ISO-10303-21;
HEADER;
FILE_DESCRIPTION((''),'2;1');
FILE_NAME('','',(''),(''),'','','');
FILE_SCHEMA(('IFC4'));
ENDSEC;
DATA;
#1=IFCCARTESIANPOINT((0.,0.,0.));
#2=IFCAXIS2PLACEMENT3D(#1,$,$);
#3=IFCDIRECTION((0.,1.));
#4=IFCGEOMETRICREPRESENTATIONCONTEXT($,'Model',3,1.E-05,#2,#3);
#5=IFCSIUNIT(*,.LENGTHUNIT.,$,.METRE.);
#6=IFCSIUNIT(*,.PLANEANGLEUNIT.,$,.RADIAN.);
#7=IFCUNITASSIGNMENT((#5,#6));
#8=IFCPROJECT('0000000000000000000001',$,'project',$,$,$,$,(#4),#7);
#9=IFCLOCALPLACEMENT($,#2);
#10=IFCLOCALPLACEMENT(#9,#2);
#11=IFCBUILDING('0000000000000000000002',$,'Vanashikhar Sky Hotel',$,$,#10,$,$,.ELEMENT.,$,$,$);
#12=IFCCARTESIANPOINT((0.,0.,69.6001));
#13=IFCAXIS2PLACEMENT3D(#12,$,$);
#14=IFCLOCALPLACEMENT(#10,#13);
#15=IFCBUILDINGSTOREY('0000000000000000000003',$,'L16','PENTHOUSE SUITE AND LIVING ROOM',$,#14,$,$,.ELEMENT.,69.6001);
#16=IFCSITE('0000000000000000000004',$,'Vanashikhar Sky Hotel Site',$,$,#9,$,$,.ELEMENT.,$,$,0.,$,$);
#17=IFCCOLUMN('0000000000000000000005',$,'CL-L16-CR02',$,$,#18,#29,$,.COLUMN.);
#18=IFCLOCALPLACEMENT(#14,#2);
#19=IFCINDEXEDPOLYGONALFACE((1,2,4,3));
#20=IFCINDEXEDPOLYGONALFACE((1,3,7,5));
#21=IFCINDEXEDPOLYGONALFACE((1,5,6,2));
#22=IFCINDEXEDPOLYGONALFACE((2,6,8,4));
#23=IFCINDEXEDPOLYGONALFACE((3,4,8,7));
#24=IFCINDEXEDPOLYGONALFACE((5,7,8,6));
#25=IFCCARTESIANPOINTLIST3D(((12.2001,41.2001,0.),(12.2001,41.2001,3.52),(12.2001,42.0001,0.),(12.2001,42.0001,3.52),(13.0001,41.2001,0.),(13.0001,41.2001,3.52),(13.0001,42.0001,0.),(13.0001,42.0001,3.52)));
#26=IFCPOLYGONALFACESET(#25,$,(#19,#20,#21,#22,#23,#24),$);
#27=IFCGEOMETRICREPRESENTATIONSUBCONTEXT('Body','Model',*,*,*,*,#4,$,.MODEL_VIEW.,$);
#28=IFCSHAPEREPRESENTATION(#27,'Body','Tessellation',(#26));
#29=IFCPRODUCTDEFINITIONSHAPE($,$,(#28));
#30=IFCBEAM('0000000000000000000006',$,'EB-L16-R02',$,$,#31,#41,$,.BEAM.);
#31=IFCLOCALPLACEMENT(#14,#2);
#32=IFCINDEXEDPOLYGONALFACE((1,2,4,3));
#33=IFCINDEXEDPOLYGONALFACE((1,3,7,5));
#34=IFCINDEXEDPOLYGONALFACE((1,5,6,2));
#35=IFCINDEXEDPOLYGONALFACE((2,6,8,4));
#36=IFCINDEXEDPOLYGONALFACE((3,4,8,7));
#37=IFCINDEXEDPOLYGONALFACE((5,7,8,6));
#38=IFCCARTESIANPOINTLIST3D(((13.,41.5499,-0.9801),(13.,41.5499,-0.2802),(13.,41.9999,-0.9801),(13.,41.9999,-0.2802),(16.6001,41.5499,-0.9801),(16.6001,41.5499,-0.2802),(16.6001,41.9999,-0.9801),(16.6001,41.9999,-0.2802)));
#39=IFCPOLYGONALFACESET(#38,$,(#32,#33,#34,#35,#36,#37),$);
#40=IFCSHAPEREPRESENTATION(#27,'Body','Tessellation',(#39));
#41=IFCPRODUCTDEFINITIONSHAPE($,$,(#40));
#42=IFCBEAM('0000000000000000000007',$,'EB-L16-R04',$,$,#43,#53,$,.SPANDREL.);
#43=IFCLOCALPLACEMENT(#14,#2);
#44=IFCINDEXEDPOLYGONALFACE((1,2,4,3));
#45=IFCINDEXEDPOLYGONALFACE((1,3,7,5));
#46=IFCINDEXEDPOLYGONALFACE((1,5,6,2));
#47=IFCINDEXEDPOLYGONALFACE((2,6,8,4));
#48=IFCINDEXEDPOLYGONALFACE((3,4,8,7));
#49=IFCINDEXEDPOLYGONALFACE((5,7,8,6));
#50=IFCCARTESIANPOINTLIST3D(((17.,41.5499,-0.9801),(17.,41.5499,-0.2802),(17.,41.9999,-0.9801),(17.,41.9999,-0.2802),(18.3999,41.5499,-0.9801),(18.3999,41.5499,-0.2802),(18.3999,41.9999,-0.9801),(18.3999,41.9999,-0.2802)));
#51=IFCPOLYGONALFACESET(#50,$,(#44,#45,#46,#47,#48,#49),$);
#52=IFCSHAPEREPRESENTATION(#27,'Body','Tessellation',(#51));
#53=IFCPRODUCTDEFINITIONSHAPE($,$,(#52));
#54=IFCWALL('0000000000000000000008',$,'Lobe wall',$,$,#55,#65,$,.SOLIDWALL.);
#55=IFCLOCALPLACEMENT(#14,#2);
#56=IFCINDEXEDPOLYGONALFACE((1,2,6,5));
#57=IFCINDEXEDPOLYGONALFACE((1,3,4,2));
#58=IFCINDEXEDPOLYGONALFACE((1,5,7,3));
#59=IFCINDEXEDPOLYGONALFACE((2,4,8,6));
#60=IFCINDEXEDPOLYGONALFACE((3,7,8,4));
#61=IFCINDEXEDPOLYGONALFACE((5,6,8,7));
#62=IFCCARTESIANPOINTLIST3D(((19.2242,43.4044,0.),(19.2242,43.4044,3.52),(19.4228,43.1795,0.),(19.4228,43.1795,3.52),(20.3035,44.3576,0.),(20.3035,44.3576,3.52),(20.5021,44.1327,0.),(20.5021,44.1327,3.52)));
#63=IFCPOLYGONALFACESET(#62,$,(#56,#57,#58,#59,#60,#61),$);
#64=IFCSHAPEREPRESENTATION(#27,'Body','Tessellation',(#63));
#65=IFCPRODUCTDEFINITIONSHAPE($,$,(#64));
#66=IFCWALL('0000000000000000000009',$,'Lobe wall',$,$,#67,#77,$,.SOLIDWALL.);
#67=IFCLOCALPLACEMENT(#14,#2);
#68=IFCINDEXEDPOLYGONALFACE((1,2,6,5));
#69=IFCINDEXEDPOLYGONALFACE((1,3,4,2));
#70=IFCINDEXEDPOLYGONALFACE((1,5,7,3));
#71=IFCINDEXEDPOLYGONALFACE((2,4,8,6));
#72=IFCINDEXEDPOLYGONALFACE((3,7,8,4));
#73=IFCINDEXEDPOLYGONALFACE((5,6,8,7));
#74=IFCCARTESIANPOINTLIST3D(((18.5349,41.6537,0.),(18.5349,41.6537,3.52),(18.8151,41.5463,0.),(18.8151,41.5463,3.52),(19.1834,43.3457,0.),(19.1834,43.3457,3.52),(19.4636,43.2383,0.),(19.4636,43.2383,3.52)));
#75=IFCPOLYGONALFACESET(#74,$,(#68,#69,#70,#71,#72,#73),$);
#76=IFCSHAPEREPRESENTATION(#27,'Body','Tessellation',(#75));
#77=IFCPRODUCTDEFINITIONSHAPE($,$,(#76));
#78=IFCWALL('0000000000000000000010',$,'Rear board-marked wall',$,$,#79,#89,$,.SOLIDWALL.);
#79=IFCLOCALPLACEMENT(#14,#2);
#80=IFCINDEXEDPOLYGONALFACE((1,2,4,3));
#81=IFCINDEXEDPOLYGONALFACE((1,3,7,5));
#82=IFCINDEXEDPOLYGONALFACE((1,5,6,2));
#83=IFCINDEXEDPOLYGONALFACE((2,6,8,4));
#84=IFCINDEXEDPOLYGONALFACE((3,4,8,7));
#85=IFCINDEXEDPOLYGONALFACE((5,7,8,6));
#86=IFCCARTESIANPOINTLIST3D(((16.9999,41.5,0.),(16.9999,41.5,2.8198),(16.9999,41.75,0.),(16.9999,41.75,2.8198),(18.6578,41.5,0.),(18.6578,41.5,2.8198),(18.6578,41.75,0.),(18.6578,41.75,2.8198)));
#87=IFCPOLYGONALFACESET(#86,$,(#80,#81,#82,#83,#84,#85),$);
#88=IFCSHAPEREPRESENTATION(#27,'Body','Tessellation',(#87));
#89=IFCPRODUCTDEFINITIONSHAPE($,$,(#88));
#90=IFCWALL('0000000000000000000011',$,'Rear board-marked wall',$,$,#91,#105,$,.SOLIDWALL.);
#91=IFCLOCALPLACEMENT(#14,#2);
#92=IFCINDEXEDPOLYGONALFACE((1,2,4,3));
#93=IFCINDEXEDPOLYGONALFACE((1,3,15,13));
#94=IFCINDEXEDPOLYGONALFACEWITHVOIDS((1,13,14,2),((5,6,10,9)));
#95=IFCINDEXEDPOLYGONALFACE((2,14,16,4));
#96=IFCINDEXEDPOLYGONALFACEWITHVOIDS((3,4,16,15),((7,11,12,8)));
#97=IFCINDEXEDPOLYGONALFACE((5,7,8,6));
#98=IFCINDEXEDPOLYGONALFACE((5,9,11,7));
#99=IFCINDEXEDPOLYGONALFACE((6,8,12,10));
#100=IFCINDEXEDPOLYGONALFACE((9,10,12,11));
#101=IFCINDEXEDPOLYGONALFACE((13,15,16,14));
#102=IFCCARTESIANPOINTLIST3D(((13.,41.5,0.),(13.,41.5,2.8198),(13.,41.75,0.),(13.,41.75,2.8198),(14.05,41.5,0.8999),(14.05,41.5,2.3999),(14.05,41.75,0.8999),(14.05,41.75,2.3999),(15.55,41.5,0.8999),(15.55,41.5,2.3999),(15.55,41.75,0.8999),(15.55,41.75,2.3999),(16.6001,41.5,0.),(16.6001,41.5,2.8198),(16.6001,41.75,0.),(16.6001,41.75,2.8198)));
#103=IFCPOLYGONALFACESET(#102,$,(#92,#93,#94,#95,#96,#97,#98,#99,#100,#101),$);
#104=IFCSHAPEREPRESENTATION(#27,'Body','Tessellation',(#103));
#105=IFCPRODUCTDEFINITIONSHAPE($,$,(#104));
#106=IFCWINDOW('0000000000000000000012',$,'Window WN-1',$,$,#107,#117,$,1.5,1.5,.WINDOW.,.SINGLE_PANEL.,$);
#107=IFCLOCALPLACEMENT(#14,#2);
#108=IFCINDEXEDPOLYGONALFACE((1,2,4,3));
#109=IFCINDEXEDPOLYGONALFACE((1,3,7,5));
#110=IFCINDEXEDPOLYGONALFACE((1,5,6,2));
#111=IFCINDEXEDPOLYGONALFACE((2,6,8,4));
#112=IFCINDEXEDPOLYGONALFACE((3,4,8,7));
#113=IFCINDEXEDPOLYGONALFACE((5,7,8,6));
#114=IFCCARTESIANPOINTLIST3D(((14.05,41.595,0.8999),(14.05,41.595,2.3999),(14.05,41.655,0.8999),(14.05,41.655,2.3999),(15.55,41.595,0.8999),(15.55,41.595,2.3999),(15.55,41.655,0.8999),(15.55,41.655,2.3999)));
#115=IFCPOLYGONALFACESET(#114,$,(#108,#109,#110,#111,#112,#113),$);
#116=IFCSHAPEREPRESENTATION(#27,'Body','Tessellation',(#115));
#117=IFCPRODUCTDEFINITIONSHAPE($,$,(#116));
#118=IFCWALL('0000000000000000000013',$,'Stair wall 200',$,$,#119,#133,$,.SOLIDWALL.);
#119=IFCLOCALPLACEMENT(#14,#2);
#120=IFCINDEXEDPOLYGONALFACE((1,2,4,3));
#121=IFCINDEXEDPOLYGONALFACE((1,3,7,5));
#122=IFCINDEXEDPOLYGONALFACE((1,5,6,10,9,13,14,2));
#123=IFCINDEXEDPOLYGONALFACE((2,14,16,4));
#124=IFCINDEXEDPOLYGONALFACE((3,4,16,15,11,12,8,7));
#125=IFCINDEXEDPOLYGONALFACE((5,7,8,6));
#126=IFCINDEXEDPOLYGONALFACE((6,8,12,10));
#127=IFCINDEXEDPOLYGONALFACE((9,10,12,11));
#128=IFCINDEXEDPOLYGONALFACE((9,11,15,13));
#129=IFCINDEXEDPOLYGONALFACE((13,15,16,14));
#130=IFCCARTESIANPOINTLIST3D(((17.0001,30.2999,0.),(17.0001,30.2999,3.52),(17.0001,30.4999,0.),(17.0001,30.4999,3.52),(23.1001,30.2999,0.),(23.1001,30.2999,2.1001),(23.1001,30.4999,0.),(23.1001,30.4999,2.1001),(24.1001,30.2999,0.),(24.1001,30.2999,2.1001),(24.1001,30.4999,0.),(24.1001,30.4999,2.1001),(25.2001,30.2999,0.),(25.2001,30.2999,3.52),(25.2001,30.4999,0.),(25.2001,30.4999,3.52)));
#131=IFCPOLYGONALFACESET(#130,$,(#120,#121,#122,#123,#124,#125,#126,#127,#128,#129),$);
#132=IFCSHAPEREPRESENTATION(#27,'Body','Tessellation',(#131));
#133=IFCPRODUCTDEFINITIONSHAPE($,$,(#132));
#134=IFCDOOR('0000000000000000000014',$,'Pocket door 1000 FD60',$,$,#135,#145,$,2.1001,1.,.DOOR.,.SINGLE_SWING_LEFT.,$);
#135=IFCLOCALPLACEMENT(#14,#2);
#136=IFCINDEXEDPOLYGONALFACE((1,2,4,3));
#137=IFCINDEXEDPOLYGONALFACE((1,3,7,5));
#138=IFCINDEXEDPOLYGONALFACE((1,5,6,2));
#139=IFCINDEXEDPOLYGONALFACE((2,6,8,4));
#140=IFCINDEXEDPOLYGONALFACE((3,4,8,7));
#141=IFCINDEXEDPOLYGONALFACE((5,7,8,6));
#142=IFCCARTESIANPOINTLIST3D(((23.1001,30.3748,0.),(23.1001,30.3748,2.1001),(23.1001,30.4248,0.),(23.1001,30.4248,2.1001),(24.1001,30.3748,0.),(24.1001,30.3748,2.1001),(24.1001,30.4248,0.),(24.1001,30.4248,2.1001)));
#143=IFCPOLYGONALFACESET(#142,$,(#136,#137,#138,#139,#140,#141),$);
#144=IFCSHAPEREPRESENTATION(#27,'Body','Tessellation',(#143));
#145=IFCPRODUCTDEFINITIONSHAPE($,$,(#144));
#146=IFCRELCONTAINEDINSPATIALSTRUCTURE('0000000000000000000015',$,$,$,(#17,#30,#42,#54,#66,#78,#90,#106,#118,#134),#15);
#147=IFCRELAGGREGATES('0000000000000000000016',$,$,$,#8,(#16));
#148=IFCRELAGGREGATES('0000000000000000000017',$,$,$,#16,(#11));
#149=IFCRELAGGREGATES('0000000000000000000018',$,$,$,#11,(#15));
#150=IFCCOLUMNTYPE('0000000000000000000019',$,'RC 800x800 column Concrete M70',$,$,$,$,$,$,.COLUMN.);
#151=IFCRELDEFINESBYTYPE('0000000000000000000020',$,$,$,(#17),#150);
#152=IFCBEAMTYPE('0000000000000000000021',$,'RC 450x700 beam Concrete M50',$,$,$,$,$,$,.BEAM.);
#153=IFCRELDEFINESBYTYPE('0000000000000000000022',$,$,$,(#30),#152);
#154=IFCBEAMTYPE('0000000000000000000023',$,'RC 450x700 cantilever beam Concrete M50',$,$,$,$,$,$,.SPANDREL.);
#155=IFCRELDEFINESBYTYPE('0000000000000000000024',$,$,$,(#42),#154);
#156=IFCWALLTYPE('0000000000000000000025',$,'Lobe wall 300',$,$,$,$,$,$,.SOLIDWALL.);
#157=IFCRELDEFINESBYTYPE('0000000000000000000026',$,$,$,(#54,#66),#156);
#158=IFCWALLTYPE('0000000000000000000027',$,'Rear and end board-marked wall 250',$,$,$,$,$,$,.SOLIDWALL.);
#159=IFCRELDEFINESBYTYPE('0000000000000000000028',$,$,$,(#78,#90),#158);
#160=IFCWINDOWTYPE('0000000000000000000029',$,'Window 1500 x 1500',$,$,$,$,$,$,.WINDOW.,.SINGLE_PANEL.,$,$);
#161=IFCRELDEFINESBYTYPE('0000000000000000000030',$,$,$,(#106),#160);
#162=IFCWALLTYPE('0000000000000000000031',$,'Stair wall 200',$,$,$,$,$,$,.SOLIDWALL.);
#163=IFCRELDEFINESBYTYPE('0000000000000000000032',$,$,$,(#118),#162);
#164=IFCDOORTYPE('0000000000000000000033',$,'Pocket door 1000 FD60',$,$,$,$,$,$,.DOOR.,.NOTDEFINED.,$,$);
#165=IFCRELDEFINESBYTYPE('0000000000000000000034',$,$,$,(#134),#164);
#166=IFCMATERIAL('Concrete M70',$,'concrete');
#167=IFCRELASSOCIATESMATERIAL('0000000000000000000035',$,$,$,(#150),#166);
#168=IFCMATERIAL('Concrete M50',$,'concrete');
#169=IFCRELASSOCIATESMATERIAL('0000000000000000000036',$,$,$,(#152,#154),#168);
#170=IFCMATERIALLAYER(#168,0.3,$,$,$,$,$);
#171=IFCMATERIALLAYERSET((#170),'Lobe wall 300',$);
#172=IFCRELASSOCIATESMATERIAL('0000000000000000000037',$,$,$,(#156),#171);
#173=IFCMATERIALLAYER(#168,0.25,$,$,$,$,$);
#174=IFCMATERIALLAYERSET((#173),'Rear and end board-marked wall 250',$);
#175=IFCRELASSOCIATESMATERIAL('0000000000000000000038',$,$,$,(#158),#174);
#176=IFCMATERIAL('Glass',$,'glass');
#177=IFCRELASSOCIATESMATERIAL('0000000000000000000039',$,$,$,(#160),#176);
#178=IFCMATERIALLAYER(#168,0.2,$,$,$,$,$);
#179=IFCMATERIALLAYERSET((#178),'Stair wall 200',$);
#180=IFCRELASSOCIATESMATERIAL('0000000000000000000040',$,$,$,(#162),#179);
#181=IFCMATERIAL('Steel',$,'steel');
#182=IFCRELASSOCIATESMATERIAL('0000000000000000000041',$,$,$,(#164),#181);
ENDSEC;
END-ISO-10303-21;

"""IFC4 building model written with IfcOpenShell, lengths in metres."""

from ifc_helpers import new_model, si_unit, direction, frame, frame_2d, origin, origin_2d, place, context, subcontext, project, spatial, rectangle, extrude, source, transform, mapped, material, layer, layer_set, material_profile, profile_set, type_object, element, fill, save


model = new_model("IFC4")

# Units and contexts
model_context = context("Model", 3, precision=1e-05, world=origin(), true_north=direction((0.0, 1.0)))
body_context = subcontext(model_context, "Body", "Model", "MODEL_VIEW")
ifc_project = project(units=[si_unit("LENGTHUNIT", "METRE"), si_unit("PLANEANGLEUNIT", "RADIAN")], contexts=[model_context])

# Site, building, storey
site_placement = place(None, origin())
site = spatial("IfcSite", under=ifc_project, at=site_placement, Name="Vanashikhar Sky Hotel Site", CompositionType="ELEMENT", RefElevation=0.0)
building_placement = place(site_placement, origin())
building = spatial("IfcBuilding", under=site, at=building_placement, Name="Vanashikhar Sky Hotel", CompositionType="ELEMENT")
storey_placement = place(building_placement, frame((0.0, 0.0, 69.6001)))
storey = spatial("IfcBuildingStorey", under=building, at=storey_placement, Name="L16", Description="PENTHOUSE SUITE AND LIVING ROOM", CompositionType="ELEMENT", Elevation=69.6001)

# Column
ifc_material_1 = material(Name="Concrete M70", Category="concrete")
ifc_material_profile_1 = material_profile(ifc_material_1, rectangle(XDim=0.8, YDim=0.8, at=origin_2d()))
ifc_profile_set_1 = profile_set([ifc_material_profile_1], Name="RC 800x800 column Concrete M70")
column_type = type_object("IfcColumnType", Name="RC 800x800 column Concrete M70", PredefinedType="COLUMN", material=ifc_profile_set_1)
shared_shape_1 = source(origin(), body_context, "Body", "SweptSolid", [
    extrude(rectangle(XDim=0.8, YDim=0.8, at=origin_2d()), origin(), (0.0, 0.0, 1.0), 3.52),
])
column_placement = place(storey_placement, frame((12.6001, 41.6001, 0.0), z_axis=(0.0, 0.0, 1.0), x_axis=(1.0, 0.0, 0.0)))
element("IfcColumn", 1, at=column_placement, inside=storey, type_object=column_type, Name="CL-L16-CR02", PredefinedType="COLUMN", context=body_context, shape_type="MappedRepresentation", body=[
    mapped(shared_shape_1, transform((0.0, 0.0, 0.0), scale=1.0)),
])

# Beams
ifc_material_2 = material(Name="Concrete M50", Category="concrete")
ifc_material_profile_2 = material_profile(ifc_material_2, rectangle(XDim=0.45, YDim=0.7, at=origin_2d()))
ifc_profile_set_2 = profile_set([ifc_material_profile_2], Name="RC 450x700 beam Concrete M50")
beam_type_1 = type_object("IfcBeamType", Name="RC 450x700 beam Concrete M50", PredefinedType="BEAM", material=ifc_profile_set_2)
shared_shape_2 = source(origin(), body_context, "Body", "SweptSolid", [
    extrude(rectangle(XDim=0.45, YDim=0.7, at=origin_2d()), origin(), (0.0, 0.0, 1.0), 3.6001),
])
beam_1_placement = place(storey_placement, frame((13.0, 41.7749, -0.6301), z_axis=(1.0, 0.0, 0.0), x_axis=(0.0, 1.0, 0.0)))
element("IfcBeam", 2, at=beam_1_placement, inside=storey, type_object=beam_type_1, Name="EB-L16-R02", PredefinedType="BEAM", context=body_context, shape_type="MappedRepresentation", body=[
    mapped(shared_shape_2, transform((0.0, 0.0, 0.0), scale=1.0)),
])
ifc_material_profile_3 = material_profile(ifc_material_2, rectangle(XDim=0.45, YDim=0.7, at=origin_2d()))
ifc_profile_set_3 = profile_set([ifc_material_profile_3], Name="RC 450x700 cantilever beam Concrete M50")
beam_type_2 = type_object("IfcBeamType", Name="RC 450x700 cantilever beam Concrete M50", PredefinedType="SPANDREL", material=ifc_profile_set_3)
shared_shape_3 = source(origin(), body_context, "Body", "SweptSolid", [
    extrude(rectangle(XDim=0.45, YDim=0.7, at=origin_2d()), origin(), (0.0, 0.0, 1.0), 1.3999),
])
beam_2_placement = place(storey_placement, frame((17.0, 41.7749, -0.6301), z_axis=(1.0, 0.0, 0.0), x_axis=(0.0, 1.0, 0.0)))
element("IfcBeam", 3, at=beam_2_placement, inside=storey, type_object=beam_type_2, Name="EB-L16-R04", PredefinedType="SPANDREL", context=body_context, shape_type="MappedRepresentation", body=[
    mapped(shared_shape_3, transform((0.0, 0.0, 0.0), scale=1.0)),
])

# Walls
ifc_layer_1 = layer(ifc_material_2, 0.3)
ifc_layer_set_1 = layer_set([ifc_layer_1], Name="Lobe wall 300")
wall_type_1 = type_object("IfcWallType", Name="Lobe wall 300", PredefinedType="SOLIDWALL", material=ifc_layer_set_1)
shared_shape_4 = source(origin(), body_context, "Body", "SweptSolid", [
    extrude(rectangle(XDim=1.4399, YDim=0.3, at=frame_2d((0.72, 0.0))), origin(), (0.0, 0.0, 1.0), 3.52),
])
wall_1_placement = place(storey_placement, frame((20.4028, 44.2451, 0.0), z_axis=(0.0, 0.0, 1.0), x_axis=(-0.749576, -0.661919, 0.0)))
element("IfcWall", 4, at=wall_1_placement, inside=storey, type_object=wall_type_1, Name="Lobe wall", PredefinedType="SOLIDWALL", context=body_context, shape_type="MappedRepresentation", body=[
    mapped(shared_shape_4, transform((0.0, 0.0, 0.0), scale=1.0)),
])
shared_shape_5 = source(origin(), body_context, "Body", "SweptSolid", [
    extrude(rectangle(XDim=1.812, YDim=0.3, at=frame_2d((0.906, 0.0))), origin(), (0.0, 0.0, 1.0), 3.52),
])
wall_2_placement = place(storey_placement, frame((19.3235, 43.292, 0.0), z_axis=(0.0, 0.0, 1.0), x_axis=(-0.357877, -0.933769, 0.0)))
element("IfcWall", 5, at=wall_2_placement, inside=storey, type_object=wall_type_1, Name="Lobe wall", PredefinedType="SOLIDWALL", context=body_context, shape_type="MappedRepresentation", body=[
    mapped(shared_shape_5, transform((0.0, 0.0, 0.0), scale=1.0)),
])
ifc_layer_2 = layer(ifc_material_2, 0.25)
ifc_layer_set_2 = layer_set([ifc_layer_2], Name="Rear and end board-marked wall 250")
wall_type_2 = type_object("IfcWallType", Name="Rear and end board-marked wall 250", PredefinedType="SOLIDWALL", material=ifc_layer_set_2)
shared_shape_6 = source(origin(), body_context, "Body", "SweptSolid", [
    extrude(rectangle(XDim=1.658, YDim=0.25, at=frame_2d((0.8291, 0.0))), origin(), (0.0, 0.0, 1.0), 2.8198),
])
wall_3_placement = place(storey_placement, frame((18.658, 41.625, 0.0), z_axis=(0.0, 0.0, 1.0), x_axis=(-1.0, 0.0, 0.0)))
element("IfcWall", 6, at=wall_3_placement, inside=storey, type_object=wall_type_2, Name="Rear board-marked wall", PredefinedType="SOLIDWALL", context=body_context, shape_type="MappedRepresentation", body=[
    mapped(shared_shape_6, transform((0.0, 0.0, 0.0), scale=1.0)),
])

# Wall, opening, window
shared_shape_7 = source(origin(), body_context, "Body", "SweptSolid", [
    extrude(rectangle(XDim=3.6001, YDim=0.25, at=frame_2d((1.8, 0.0))), origin(), (0.0, 0.0, 1.0), 2.8198),
])
wall_4_placement = place(storey_placement, frame((16.6001, 41.625, 0.0), z_axis=(0.0, 0.0, 1.0), x_axis=(-1.0, 0.0, 0.0)))
wall_4 = element("IfcWall", 7, at=wall_4_placement, inside=storey, type_object=wall_type_2, Name="Rear board-marked wall", PredefinedType="SOLIDWALL", context=body_context, shape_type="MappedRepresentation", body=[
    mapped(shared_shape_7, transform((0.0, 0.0, 0.0), scale=1.0)),
])
shared_shape_8 = source(origin(), body_context, "Body", "SweptSolid", [
    extrude(rectangle(XDim=1.5, YDim=1.5, at=frame_2d((0.75, 0.75))), frame((0.0, 0.135, 0.0), z_axis=(0.0, -1.0, 0.0), x_axis=(1.0, 0.0, 0.0)), (0.0, 0.0, 1.0), 0.27),
])
opening_1_placement = place(wall_4_placement, frame((1.05, 0.0, 0.8999)))
opening_1 = element("IfcOpeningElement", 8, at=opening_1_placement, cuts=wall_4, PredefinedType="OPENING", context=body_context, shape_type="MappedRepresentation", body=[
    mapped(shared_shape_8, transform((0.0, 0.0, 0.0), scale=1.0)),
])
ifc_material_3 = material(Name="Glass", Category="glass")
window_type = type_object("IfcWindowType", Name="Window 1500 x 1500", PartitioningType="SINGLE_PANEL", PredefinedType="WINDOW", material=ifc_material_3)
shared_shape_9 = source(origin(), body_context, "Body", "SweptSolid", [
    extrude(rectangle(XDim=1.5, YDim=1.5, at=frame_2d((0.75, 0.75))), frame((0.0, 0.03, 0.0), z_axis=(0.0, -1.0, 0.0), x_axis=(1.0, 0.0, 0.0)), (0.0, 0.0, 1.0), 0.0601),
])
window_placement = place(opening_1_placement, origin())
window = element("IfcWindow", 9, at=window_placement, inside=storey, type_object=window_type, Name="Window WN-1", OverallHeight=1.5, OverallWidth=1.5, PartitioningType="SINGLE_PANEL", PredefinedType="WINDOW", context=body_context, shape_type="MappedRepresentation", body=[
    mapped(shared_shape_9, transform((0.0, 0.0, 0.0), scale=1.0)),
])
fill(opening_1, window)

# Wall, opening, door
ifc_layer_3 = layer(ifc_material_2, 0.2)
ifc_layer_set_3 = layer_set([ifc_layer_3], Name="Stair wall 200")
wall_type_3 = type_object("IfcWallType", Name="Stair wall 200", PredefinedType="SOLIDWALL", material=ifc_layer_set_3)
shared_shape_10 = source(origin(), body_context, "Body", "SweptSolid", [
    extrude(rectangle(XDim=8.2, YDim=0.2, at=frame_2d((4.1001, 0.0))), origin(), (0.0, 0.0, 1.0), 3.52),
])
wall_5_placement = place(storey_placement, frame((17.0, 30.3999, 0.0), z_axis=(0.0, 0.0, 1.0), x_axis=(1.0, 0.0, 0.0)))
wall_5 = element("IfcWall", 10, at=wall_5_placement, inside=storey, type_object=wall_type_3, Name="Stair wall 200", PredefinedType="SOLIDWALL", context=body_context, shape_type="MappedRepresentation", body=[
    mapped(shared_shape_10, transform((0.0, 0.0, 0.0), scale=1.0)),
])
shared_shape_11 = source(origin(), body_context, "Body", "SweptSolid", [
    extrude(rectangle(XDim=1.0, YDim=2.1001, at=frame_2d((0.5, 1.05))), frame((0.0, 0.1099, 0.0), z_axis=(0.0, -1.0, 0.0), x_axis=(1.0, 0.0, 0.0)), (0.0, 0.0, 1.0), 0.22),
])
opening_2_placement = place(wall_5_placement, frame((6.1001, 0.0, 0.0)))
opening_2 = element("IfcOpeningElement", 11, at=opening_2_placement, cuts=wall_5, PredefinedType="OPENING", context=body_context, shape_type="MappedRepresentation", body=[
    mapped(shared_shape_11, transform((0.0, 0.0, 0.0), scale=1.0)),
])
ifc_material_4 = material(Name="Steel", Category="steel")
door_type_1 = type_object("IfcDoorType", Name="Pocket door 1000 FD60", OperationType="NOTDEFINED", PredefinedType="DOOR", material=ifc_material_4)
shared_shape_12 = source(origin(), body_context, "Body", "SweptSolid", [
    extrude(rectangle(XDim=1.0, YDim=2.1001, at=frame_2d((0.5, 1.05))), frame((0.0, 0.0249, 0.0), z_axis=(0.0, -1.0, 0.0), x_axis=(1.0, 0.0, 0.0)), (0.0, 0.0, 1.0), 0.05),
])
door_1_placement = place(opening_2_placement, origin())
door_1 = element("IfcDoor", 12, at=door_1_placement, inside=storey, type_object=door_type_1, Name="Pocket door 1000 FD60", OperationType="SINGLE_SWING_LEFT", OverallHeight=2.1001, OverallWidth=1.0, PredefinedType="DOOR", context=body_context, shape_type="MappedRepresentation", body=[
    mapped(shared_shape_12, transform((0.0, 0.0, 0.0), scale=1.0)),
])
fill(opening_2, door_1)

save(model, "model.ifc")
